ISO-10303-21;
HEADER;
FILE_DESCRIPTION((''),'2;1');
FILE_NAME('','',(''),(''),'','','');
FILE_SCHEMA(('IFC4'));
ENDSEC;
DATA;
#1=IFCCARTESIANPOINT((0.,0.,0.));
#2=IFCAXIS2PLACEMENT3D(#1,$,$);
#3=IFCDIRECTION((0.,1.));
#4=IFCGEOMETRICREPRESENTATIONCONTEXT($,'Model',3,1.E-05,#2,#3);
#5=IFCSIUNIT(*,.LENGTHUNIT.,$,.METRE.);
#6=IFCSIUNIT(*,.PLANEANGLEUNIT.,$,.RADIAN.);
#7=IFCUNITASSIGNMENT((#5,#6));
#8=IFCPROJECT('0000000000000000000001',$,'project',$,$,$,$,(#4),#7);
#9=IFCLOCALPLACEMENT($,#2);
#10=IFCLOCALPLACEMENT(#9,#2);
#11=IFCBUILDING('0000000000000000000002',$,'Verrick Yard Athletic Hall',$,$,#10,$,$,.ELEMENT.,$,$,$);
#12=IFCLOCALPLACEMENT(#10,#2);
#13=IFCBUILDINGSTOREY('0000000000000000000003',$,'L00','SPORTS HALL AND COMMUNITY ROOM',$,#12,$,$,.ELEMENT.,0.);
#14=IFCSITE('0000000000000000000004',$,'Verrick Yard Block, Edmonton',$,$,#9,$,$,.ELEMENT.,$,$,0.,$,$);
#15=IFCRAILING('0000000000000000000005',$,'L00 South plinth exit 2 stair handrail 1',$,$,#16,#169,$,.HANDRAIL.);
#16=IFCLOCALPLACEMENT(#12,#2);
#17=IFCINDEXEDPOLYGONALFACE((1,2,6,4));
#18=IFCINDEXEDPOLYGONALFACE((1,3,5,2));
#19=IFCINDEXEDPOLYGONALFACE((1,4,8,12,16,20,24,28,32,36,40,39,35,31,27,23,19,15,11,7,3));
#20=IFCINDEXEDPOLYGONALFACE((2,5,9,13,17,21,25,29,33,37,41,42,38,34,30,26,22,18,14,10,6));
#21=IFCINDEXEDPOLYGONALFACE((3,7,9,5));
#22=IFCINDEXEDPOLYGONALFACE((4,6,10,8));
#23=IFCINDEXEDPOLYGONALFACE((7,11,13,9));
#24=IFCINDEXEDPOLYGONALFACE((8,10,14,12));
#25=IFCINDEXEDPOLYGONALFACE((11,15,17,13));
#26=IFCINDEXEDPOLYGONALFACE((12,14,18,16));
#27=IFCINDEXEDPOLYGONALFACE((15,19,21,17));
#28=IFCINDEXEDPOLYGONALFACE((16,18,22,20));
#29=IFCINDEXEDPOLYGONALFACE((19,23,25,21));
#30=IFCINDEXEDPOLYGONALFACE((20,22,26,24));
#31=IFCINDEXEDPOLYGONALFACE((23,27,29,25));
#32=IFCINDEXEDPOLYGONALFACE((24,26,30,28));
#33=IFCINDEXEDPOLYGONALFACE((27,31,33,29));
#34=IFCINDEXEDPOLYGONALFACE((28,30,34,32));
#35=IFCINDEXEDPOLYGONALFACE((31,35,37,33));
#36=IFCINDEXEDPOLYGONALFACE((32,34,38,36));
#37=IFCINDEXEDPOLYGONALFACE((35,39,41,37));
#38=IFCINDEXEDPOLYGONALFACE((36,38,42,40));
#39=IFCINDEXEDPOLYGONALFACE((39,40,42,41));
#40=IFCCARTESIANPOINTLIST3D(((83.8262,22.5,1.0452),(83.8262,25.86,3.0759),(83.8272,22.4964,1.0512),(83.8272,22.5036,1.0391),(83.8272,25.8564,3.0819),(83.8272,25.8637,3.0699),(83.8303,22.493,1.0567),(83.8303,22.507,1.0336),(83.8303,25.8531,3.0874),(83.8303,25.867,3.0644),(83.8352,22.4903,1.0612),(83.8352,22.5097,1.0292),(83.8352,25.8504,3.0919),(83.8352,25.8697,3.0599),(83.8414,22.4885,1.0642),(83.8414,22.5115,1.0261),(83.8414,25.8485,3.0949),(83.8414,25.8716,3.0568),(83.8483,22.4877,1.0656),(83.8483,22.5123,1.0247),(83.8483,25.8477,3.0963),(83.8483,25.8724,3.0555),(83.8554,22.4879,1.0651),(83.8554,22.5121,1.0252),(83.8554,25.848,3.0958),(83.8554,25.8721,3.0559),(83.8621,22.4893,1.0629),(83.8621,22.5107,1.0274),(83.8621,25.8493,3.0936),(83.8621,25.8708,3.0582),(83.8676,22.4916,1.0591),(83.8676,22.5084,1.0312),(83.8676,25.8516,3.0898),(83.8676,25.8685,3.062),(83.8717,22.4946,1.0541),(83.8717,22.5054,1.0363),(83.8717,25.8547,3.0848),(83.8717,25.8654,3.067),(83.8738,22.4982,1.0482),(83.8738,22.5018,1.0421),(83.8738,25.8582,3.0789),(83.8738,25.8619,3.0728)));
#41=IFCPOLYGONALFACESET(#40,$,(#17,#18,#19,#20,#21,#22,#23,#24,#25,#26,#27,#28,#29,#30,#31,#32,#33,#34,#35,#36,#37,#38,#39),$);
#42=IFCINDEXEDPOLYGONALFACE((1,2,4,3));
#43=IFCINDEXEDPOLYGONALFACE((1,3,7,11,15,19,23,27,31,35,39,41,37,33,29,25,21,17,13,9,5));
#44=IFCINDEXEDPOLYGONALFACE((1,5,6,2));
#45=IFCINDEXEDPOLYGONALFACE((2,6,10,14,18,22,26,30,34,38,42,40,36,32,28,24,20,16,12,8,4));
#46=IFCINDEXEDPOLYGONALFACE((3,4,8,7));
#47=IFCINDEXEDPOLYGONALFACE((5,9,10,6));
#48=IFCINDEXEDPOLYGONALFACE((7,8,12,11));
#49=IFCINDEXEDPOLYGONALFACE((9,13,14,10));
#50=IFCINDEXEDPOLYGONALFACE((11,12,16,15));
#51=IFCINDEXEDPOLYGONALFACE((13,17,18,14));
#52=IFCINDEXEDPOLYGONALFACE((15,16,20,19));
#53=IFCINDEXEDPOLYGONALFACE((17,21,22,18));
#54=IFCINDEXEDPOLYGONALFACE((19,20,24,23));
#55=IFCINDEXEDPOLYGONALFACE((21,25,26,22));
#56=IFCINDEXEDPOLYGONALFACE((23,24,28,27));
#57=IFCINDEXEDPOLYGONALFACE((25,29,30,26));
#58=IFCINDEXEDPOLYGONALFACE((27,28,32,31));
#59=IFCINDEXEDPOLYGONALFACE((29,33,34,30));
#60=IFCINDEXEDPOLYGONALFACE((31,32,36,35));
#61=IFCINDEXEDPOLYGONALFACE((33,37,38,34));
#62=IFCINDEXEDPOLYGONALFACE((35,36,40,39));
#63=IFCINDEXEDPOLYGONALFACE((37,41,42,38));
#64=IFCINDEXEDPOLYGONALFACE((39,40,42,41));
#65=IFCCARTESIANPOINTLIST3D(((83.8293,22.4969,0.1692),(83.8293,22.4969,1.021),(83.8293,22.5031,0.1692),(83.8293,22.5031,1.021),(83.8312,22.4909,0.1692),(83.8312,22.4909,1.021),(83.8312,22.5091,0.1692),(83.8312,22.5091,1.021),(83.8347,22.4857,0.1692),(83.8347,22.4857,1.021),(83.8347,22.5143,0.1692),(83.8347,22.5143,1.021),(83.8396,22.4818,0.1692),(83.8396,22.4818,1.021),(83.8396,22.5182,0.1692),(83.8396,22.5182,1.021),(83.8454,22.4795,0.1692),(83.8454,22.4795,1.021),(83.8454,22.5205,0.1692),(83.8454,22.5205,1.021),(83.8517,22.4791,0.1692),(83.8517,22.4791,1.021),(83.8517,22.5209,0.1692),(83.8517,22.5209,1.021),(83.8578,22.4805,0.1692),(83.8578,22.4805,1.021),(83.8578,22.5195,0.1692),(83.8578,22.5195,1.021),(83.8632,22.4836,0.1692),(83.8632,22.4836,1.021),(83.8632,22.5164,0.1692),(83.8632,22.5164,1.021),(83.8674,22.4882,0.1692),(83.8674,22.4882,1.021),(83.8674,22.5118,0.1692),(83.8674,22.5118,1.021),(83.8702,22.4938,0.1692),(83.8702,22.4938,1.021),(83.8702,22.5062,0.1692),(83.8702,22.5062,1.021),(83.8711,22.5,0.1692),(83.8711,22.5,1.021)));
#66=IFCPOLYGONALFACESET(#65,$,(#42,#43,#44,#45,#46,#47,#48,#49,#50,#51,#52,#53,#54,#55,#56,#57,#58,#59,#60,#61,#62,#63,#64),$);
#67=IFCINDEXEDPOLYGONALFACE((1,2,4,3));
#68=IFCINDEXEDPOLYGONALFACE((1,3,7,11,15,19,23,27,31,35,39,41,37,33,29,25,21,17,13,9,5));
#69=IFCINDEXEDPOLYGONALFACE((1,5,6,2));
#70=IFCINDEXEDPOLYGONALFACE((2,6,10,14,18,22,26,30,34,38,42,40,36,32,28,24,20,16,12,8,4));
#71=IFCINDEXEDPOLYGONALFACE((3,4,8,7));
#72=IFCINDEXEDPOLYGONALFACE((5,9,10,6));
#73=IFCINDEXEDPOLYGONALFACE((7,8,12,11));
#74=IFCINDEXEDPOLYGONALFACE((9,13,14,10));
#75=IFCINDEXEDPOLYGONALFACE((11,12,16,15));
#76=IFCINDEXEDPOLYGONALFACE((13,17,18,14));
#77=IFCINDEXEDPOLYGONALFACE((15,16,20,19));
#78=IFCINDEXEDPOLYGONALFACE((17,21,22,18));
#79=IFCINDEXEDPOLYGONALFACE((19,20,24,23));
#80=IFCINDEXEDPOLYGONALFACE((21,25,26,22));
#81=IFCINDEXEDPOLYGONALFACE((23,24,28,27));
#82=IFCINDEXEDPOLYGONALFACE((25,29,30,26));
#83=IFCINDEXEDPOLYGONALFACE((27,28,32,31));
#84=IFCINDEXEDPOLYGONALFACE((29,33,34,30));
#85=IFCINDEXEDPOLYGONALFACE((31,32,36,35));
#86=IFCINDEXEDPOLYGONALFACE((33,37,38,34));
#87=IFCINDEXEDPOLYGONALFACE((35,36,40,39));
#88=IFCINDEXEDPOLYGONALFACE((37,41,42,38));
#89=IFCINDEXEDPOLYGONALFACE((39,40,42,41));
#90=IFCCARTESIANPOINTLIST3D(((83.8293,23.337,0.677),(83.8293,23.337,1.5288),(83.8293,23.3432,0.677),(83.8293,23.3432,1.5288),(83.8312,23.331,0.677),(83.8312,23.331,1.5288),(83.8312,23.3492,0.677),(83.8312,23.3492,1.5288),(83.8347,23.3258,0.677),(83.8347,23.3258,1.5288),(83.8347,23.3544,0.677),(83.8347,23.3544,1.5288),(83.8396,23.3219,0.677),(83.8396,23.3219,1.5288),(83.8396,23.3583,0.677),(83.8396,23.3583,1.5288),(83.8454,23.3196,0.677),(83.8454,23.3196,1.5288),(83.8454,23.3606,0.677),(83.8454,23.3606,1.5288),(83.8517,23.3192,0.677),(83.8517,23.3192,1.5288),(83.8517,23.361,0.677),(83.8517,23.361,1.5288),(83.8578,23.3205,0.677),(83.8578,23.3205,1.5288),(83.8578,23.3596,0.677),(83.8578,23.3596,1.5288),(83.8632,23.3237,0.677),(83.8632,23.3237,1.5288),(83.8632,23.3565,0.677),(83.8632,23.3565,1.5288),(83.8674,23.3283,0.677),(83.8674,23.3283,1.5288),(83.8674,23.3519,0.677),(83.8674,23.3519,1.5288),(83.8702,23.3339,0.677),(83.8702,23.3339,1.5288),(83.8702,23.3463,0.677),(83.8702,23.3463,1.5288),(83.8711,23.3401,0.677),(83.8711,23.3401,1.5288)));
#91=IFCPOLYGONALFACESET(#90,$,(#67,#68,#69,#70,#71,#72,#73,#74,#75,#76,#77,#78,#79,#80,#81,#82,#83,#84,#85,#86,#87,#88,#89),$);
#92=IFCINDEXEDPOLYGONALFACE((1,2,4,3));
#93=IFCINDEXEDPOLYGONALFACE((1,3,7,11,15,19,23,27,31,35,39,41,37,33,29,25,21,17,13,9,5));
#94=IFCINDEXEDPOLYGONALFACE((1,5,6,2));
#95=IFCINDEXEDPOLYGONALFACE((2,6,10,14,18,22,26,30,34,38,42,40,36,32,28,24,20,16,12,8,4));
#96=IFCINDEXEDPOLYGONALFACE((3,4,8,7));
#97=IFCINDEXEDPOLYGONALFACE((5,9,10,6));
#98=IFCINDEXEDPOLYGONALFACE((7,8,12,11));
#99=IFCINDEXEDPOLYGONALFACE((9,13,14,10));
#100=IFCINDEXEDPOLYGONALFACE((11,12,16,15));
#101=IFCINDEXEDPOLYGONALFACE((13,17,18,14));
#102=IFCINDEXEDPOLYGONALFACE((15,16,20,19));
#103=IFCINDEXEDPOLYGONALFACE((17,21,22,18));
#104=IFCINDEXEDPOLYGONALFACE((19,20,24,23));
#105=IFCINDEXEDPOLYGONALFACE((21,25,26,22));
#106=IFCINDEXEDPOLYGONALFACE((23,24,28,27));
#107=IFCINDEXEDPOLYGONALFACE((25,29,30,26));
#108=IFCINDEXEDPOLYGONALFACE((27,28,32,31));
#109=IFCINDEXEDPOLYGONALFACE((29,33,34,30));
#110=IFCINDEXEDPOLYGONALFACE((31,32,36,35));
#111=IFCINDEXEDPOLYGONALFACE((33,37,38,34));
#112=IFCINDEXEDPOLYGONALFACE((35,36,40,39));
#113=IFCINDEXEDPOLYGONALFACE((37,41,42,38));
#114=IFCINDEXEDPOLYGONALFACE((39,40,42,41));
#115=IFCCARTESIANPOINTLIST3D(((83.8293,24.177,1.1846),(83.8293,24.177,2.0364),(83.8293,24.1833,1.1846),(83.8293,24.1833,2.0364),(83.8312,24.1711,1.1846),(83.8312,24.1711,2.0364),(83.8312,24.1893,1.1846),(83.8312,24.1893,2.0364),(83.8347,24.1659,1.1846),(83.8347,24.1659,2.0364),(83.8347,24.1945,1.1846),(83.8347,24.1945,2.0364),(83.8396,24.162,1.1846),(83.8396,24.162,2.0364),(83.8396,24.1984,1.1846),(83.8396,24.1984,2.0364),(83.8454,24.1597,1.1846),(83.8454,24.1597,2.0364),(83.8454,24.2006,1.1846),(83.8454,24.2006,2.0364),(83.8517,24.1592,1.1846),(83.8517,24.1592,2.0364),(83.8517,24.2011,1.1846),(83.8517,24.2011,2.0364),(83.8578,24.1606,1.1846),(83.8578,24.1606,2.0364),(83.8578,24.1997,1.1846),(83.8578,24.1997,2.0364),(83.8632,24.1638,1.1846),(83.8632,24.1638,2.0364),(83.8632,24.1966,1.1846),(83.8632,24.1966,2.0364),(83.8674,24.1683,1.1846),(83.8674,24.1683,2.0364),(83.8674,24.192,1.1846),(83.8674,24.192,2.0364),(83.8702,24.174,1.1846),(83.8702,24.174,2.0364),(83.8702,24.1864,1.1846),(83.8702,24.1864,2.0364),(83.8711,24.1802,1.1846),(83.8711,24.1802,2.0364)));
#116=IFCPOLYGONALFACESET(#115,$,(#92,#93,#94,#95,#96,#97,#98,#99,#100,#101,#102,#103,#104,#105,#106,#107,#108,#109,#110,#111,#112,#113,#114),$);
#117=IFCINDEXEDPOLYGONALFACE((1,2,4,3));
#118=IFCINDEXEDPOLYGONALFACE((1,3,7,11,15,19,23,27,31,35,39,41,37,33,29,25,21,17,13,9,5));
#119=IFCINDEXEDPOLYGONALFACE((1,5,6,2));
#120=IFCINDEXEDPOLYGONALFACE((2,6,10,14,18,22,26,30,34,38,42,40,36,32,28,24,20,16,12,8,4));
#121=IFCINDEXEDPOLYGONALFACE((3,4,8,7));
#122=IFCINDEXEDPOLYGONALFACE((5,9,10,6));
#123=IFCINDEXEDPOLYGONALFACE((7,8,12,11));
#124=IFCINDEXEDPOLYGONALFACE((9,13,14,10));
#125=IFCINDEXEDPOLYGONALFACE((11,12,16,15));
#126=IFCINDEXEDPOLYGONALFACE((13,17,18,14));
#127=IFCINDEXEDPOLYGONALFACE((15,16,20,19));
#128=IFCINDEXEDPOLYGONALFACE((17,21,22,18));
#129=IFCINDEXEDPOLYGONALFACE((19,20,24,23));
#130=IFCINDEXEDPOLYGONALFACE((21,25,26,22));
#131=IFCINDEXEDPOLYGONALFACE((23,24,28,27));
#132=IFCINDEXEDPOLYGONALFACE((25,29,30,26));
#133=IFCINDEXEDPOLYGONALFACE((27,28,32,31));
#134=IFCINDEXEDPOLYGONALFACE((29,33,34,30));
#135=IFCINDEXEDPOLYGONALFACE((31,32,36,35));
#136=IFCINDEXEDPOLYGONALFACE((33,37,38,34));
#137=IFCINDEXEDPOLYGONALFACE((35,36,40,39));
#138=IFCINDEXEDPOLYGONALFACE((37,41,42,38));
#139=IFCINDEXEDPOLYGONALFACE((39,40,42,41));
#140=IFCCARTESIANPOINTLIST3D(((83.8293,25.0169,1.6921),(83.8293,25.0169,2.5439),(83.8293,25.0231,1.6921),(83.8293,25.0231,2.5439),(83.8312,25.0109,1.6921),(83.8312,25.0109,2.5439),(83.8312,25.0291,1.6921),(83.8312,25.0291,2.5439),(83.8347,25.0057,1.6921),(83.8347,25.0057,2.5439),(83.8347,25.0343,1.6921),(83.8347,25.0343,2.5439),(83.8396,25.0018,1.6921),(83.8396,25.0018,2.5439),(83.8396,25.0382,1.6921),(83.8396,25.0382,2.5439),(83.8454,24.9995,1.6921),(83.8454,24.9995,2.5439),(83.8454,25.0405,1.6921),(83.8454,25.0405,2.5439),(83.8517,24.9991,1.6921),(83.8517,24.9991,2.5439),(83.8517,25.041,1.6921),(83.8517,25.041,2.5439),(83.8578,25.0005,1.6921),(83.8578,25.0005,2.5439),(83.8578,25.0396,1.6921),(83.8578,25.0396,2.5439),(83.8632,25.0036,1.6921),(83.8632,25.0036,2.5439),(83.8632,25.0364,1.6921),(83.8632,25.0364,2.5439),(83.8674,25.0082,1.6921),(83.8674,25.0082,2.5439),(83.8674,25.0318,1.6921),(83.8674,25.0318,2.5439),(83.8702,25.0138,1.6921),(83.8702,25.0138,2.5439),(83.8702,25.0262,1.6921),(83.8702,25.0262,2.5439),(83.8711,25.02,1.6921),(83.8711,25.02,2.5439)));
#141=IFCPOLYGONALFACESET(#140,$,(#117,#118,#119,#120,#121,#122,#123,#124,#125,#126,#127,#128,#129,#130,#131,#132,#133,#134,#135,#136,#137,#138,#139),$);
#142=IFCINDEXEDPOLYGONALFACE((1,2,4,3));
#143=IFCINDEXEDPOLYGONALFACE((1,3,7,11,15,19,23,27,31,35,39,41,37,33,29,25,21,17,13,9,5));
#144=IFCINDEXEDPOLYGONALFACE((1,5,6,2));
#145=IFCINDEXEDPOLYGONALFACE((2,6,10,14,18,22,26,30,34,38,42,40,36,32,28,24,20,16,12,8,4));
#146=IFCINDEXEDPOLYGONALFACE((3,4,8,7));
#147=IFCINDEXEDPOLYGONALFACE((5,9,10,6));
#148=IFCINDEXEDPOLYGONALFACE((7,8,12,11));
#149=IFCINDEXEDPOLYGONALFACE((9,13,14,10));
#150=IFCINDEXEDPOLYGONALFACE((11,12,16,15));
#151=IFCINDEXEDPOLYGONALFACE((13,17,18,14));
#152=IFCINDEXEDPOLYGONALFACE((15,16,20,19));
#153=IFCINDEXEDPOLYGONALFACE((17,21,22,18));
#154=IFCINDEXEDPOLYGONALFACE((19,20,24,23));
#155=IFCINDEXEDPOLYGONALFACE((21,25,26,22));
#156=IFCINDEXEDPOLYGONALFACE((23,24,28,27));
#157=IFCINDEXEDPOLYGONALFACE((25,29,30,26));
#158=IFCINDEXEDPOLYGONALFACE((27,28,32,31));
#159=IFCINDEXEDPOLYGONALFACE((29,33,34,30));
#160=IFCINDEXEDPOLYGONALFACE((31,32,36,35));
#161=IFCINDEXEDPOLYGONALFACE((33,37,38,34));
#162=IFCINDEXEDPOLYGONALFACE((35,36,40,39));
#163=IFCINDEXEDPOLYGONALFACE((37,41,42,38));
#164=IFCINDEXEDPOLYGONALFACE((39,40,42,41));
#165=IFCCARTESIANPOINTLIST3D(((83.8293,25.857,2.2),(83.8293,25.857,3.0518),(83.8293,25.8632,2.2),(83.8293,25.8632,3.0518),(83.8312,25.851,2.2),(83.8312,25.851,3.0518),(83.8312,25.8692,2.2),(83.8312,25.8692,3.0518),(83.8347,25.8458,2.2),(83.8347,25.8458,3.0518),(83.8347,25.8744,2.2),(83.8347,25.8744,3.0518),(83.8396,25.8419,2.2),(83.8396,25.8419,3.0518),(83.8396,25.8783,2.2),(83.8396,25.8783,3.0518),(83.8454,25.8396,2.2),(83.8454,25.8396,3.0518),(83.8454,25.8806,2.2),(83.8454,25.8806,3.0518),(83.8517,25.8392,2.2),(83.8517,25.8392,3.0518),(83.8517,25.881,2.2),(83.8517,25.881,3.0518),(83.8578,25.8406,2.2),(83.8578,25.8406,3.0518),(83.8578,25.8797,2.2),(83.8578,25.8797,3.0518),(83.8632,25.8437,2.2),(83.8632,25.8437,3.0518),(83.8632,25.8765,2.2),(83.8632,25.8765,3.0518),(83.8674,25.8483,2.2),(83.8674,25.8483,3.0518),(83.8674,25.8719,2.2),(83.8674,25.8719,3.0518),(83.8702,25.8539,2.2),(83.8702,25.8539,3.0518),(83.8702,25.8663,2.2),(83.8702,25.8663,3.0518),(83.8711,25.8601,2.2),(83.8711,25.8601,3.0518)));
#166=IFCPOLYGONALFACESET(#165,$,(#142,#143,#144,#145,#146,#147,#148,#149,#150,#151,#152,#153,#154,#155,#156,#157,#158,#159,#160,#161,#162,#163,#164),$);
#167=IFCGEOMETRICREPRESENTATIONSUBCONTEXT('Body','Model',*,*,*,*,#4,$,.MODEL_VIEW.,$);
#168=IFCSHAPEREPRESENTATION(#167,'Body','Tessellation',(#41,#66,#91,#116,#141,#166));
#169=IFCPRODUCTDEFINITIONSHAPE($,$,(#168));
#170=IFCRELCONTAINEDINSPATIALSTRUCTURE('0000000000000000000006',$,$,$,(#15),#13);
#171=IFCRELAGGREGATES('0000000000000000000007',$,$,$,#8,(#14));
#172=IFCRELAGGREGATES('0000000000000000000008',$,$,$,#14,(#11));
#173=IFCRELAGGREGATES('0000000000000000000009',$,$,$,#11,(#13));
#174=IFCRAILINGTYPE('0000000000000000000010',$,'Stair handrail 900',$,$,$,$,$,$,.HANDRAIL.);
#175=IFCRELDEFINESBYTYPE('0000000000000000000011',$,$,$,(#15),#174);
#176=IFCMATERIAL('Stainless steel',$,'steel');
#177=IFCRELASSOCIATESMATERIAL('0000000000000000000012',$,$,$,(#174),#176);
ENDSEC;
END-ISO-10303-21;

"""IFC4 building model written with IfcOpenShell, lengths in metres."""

from ifc_helpers import new_model, si_unit, direction, frame, origin, origin_2d, place, context, subcontext, project, spatial, circle, extrude, material, type_object, element, save


model = new_model("IFC4")

# Units and contexts
model_context = context("Model", 3, precision=1e-05, world=origin(), true_north=direction((0.0, 1.0)))
body_context = subcontext(model_context, "Body", "Model", "MODEL_VIEW")
ifc_project = project(units=[si_unit("LENGTHUNIT", "METRE"), si_unit("PLANEANGLEUNIT", "RADIAN")], contexts=[model_context])

# Site, building, storey
site_placement = place(None, origin())
site = spatial("IfcSite", under=ifc_project, at=site_placement, Name="Verrick Yard Block, Edmonton", CompositionType="ELEMENT", RefElevation=0.0)
building_placement = place(site_placement, origin())
building = spatial("IfcBuilding", under=site, at=building_placement, Name="Verrick Yard Athletic Hall", CompositionType="ELEMENT")
storey_placement = place(building_placement, origin())
storey = spatial("IfcBuildingStorey", under=building, at=storey_placement, Name="L00", Description="SPORTS HALL AND COMMUNITY ROOM", CompositionType="ELEMENT", Elevation=0.0)

# Railing
ifc_material_1 = material(Name="Stainless steel", Category="steel")
railing_type_1 = type_object("IfcRailingType", Name="Stair handrail 900", PredefinedType="HANDRAIL", material=ifc_material_1)
railing_1_placement = place(storey_placement, frame((83.8501, 22.5, 0.1692)))
element("IfcRailing", 1, at=railing_1_placement, inside=storey, type_object=railing_type_1, Name="L00 South plinth exit 2 stair handrail 1", PredefinedType="HANDRAIL", context=body_context, shape_type="SweptSolid", body=[
    extrude(circle(Radius=0.0239, at=origin_2d()), frame((0.0, 0.0, 0.876), z_axis=(0.0, 0.855837, 0.517246), x_axis=(-1.0, 0.0, 0.0)), (0.0, 0.0, 1.0), 3.926),
    extrude(circle(Radius=0.021, at=origin_2d()), origin(), (0.0, 0.0, 1.0), 0.8518),
    extrude(circle(Radius=0.021, at=origin_2d()), frame((0.0, 0.8401, 0.5078)), (0.0, 0.0, 1.0), 0.8518),
    extrude(circle(Radius=0.021, at=origin_2d()), frame((0.0, 1.6802, 1.0154)), (0.0, 0.0, 1.0), 0.8518),
    extrude(circle(Radius=0.021, at=origin_2d()), frame((0.0, 2.52, 1.5229)), (0.0, 0.0, 1.0), 0.8518),
    extrude(circle(Radius=0.021, at=origin_2d()), frame((0.0, 3.3601, 2.0308)), (0.0, 0.0, 1.0), 0.8518),
])

save(model, "model.ifc")
